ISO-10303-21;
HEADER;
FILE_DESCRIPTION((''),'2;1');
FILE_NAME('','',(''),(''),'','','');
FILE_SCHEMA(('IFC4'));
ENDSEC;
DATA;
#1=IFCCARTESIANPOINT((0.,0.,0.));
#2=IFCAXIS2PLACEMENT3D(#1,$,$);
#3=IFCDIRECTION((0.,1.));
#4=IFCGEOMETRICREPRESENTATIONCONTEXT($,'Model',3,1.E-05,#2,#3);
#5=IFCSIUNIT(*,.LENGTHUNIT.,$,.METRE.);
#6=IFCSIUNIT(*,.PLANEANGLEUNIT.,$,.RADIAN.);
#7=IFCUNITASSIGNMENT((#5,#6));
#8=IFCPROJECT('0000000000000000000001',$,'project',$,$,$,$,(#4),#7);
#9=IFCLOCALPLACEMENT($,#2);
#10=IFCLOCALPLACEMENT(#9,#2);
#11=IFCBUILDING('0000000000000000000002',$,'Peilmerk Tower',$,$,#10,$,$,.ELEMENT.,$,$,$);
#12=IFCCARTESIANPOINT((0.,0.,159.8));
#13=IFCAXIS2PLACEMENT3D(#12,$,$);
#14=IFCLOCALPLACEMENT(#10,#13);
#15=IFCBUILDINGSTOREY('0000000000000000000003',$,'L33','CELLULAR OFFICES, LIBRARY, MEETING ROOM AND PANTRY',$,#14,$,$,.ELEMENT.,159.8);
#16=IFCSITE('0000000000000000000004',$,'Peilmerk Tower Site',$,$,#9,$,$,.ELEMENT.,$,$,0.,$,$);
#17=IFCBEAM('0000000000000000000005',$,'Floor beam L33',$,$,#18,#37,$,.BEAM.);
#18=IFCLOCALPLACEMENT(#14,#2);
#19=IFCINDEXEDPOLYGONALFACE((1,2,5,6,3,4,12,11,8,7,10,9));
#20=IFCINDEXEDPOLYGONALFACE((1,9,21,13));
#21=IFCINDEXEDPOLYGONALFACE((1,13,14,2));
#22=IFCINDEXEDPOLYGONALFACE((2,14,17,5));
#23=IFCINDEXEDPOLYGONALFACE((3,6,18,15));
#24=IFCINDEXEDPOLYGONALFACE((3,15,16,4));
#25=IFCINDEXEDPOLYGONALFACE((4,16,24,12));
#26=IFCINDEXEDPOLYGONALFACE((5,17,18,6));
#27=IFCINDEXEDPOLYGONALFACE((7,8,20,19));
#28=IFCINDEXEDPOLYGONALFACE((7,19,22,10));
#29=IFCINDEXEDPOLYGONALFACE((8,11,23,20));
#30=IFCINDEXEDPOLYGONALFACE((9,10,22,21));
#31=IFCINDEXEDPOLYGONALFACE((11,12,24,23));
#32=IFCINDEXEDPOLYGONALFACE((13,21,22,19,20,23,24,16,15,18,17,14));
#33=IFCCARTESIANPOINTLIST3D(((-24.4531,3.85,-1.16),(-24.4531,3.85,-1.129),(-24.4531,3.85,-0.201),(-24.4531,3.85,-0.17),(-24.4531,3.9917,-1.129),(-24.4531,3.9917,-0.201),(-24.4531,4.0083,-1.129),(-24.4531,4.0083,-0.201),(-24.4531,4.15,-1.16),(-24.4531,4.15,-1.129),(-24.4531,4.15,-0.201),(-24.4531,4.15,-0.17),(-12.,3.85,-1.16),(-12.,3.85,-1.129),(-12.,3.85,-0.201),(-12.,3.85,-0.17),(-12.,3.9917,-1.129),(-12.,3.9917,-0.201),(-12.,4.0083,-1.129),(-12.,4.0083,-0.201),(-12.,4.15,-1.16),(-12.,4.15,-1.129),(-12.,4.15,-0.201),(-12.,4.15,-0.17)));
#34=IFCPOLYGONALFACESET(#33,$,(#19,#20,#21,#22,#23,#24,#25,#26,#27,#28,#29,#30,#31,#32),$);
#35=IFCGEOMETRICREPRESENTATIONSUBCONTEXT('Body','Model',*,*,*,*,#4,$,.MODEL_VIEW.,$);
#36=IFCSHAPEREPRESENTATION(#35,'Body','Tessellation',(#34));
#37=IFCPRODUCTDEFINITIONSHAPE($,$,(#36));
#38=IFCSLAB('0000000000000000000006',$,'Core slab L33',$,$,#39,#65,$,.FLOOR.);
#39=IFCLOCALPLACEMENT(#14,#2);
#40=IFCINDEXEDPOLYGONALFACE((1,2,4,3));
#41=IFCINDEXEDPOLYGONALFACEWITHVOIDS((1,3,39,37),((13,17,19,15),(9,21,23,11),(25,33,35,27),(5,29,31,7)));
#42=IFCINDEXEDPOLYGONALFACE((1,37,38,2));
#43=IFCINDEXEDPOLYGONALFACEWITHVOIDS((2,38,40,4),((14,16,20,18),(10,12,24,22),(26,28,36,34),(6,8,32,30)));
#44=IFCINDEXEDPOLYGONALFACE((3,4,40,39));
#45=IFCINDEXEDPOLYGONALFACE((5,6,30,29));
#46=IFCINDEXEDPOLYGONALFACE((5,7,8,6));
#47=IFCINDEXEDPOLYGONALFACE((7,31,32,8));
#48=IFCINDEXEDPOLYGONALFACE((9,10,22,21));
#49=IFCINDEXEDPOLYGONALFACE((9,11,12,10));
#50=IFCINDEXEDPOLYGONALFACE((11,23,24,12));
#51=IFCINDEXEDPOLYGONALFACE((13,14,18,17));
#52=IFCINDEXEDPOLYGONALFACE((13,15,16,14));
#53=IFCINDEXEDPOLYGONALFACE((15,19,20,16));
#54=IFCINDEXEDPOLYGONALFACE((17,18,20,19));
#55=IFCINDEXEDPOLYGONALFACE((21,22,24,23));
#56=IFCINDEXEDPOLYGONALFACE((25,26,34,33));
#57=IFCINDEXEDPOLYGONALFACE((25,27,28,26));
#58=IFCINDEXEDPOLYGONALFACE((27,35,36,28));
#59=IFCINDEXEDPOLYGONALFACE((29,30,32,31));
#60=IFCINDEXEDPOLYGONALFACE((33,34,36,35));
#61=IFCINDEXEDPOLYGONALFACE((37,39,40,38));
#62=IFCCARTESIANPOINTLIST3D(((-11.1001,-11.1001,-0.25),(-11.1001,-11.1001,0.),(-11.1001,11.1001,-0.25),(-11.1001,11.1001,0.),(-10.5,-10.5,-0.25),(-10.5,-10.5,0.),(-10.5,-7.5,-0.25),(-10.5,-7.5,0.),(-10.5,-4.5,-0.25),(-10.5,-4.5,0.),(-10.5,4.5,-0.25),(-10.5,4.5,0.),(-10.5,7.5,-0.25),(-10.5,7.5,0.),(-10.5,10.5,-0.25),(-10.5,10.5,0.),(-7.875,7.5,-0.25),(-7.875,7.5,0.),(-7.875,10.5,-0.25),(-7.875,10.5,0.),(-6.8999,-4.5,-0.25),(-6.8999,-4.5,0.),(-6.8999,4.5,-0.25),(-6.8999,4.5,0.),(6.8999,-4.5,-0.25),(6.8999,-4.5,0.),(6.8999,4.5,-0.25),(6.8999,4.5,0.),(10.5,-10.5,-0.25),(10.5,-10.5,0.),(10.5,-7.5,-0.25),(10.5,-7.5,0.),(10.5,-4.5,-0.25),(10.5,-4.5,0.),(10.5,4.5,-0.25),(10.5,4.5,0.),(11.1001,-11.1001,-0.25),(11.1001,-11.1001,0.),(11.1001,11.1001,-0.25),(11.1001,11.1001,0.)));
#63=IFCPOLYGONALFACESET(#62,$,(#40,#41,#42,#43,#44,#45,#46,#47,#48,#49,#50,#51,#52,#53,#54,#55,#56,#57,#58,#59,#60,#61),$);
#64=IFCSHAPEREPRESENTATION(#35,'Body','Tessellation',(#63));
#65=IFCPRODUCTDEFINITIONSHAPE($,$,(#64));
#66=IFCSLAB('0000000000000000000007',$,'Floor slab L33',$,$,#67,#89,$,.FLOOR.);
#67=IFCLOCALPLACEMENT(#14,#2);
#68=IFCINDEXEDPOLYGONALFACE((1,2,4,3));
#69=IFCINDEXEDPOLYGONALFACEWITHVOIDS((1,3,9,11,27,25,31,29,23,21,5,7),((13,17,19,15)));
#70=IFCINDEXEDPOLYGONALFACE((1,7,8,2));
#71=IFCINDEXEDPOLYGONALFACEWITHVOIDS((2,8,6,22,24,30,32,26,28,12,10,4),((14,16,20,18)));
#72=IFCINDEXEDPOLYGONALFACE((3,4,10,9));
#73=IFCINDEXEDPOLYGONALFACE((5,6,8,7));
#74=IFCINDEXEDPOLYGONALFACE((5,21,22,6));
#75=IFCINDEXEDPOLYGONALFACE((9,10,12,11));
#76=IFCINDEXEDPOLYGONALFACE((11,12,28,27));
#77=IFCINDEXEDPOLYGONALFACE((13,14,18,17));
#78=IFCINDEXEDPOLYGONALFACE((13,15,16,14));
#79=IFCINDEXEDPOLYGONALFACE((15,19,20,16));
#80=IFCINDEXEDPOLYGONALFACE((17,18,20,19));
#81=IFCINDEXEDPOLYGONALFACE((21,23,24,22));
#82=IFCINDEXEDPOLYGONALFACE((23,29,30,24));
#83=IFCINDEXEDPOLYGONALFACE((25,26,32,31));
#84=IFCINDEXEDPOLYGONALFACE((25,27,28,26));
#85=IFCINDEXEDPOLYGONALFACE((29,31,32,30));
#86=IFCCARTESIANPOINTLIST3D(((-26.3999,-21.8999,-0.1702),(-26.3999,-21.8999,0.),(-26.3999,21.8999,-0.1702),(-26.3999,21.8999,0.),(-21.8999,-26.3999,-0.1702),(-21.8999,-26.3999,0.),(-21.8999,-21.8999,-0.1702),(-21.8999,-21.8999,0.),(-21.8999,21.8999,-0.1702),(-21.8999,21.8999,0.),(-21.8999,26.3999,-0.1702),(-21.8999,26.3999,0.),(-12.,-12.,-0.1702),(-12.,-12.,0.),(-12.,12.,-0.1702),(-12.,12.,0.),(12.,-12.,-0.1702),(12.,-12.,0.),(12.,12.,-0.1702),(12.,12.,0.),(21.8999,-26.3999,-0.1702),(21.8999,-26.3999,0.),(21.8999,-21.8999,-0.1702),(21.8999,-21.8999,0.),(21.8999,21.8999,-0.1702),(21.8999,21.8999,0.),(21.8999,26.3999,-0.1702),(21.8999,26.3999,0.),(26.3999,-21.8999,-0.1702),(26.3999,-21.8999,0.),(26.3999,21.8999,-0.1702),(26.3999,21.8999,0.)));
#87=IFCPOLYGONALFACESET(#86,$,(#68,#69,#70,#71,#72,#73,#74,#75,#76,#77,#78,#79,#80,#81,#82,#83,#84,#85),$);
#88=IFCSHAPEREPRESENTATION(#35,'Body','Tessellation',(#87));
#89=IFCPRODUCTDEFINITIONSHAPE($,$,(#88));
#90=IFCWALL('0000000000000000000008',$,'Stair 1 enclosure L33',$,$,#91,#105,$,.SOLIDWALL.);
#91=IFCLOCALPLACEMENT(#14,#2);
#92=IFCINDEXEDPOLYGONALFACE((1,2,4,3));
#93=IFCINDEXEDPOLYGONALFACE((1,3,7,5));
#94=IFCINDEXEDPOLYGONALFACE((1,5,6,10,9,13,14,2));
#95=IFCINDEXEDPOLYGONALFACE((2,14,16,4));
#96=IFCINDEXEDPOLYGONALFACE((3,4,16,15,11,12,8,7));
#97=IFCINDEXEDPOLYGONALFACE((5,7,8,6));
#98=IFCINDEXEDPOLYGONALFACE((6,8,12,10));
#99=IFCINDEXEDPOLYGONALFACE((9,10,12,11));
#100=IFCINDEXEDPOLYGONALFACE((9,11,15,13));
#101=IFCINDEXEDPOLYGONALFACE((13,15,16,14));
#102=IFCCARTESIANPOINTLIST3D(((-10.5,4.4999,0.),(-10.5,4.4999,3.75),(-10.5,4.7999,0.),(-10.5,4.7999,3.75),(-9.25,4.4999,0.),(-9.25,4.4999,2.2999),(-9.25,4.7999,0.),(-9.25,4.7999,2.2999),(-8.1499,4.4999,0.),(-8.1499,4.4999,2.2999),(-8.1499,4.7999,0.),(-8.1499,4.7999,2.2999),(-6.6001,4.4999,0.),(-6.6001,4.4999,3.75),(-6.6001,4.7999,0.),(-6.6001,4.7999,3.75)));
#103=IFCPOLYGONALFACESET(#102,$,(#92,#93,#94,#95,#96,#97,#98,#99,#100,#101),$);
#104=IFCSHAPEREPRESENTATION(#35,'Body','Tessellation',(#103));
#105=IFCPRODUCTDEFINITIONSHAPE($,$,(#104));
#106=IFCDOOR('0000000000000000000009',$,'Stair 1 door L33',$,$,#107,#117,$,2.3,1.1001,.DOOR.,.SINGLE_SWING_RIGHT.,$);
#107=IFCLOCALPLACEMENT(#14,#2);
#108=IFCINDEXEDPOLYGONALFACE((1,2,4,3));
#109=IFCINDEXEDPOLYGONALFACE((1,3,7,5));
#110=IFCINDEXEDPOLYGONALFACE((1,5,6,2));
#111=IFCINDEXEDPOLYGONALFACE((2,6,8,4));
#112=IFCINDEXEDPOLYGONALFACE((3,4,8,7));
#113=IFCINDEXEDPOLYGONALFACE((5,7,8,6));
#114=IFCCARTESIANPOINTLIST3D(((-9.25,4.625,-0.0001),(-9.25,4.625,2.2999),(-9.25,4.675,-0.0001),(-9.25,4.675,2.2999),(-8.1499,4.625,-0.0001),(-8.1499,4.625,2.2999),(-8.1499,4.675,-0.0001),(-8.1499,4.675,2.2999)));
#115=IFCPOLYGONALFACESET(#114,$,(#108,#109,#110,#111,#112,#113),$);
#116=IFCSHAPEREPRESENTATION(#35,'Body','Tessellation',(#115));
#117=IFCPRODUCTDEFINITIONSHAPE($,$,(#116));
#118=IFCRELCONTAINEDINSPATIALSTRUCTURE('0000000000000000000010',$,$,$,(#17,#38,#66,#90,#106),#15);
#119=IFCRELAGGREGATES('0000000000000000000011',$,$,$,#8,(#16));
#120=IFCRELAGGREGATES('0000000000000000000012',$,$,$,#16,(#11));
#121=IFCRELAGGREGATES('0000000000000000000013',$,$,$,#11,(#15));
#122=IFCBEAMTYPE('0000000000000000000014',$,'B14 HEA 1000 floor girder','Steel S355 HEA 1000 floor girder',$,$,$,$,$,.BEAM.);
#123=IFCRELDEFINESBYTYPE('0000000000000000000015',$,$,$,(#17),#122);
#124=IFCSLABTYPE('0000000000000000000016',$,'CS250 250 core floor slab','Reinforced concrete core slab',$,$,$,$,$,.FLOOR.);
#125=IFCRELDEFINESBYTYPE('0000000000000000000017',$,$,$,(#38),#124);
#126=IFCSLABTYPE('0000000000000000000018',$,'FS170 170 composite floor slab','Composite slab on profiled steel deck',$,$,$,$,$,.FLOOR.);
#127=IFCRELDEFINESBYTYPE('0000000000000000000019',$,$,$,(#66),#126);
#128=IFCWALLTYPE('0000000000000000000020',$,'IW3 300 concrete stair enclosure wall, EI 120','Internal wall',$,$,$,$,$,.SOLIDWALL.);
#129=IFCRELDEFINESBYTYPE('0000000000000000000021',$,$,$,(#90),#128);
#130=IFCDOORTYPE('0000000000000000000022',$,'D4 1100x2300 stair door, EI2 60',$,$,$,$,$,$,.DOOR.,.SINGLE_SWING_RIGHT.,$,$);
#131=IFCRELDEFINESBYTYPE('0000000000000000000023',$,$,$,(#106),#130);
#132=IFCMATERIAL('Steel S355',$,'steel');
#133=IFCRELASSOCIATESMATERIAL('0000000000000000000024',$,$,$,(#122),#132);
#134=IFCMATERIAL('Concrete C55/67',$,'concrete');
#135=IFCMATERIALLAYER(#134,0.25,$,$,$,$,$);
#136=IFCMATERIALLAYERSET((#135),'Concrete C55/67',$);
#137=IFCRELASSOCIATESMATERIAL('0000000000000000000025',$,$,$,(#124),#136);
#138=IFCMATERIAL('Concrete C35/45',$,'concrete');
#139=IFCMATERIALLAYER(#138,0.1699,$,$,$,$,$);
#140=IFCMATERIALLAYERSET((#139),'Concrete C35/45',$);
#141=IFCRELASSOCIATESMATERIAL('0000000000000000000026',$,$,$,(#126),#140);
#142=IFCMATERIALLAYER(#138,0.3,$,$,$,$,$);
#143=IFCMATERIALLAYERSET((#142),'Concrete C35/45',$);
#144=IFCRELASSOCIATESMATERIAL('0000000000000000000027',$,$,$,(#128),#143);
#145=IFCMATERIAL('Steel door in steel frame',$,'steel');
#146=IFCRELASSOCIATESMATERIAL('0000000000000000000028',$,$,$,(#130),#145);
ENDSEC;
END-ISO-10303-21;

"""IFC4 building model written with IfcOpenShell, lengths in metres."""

from ifc_helpers import new_model, si_unit, direction, frame, frame_2d, origin, origin_2d, place, context, subcontext, project, spatial, polyline, rectangle, i_section, outline, extrude, material, layer, layer_set, material_profile, profile_set, type_object, element, fill, save


model = new_model("IFC4")

# Units and contexts
model_context = context("Model", 3, precision=1e-05, world=origin(), true_north=direction((0.0, 1.0)))
body_context = subcontext(model_context, "Body", "Model", "MODEL_VIEW")
ifc_project = project(units=[si_unit("LENGTHUNIT", "METRE"), si_unit("PLANEANGLEUNIT", "RADIAN")], contexts=[model_context])

# Site, building, storey
site_placement = place(None, origin())
site = spatial("IfcSite", under=ifc_project, at=site_placement, Name="Peilmerk Tower Site", CompositionType="ELEMENT", RefElevation=0.0)
building_placement = place(site_placement, origin())
building = spatial("IfcBuilding", under=site, at=building_placement, Name="Peilmerk Tower", CompositionType="ELEMENT")
storey_placement = place(building_placement, frame((0.0, 0.0, 159.8)))
storey = spatial("IfcBuildingStorey", under=building, at=storey_placement, Name="L33", Description="CELLULAR OFFICES, LIBRARY, MEETING ROOM AND PANTRY", CompositionType="ELEMENT", Elevation=159.8)

# Beam
ifc_material_1 = material(Name="Steel S355", Category="steel")
ifc_material_profile = material_profile(ifc_material_1, i_section(OverallWidth=0.3, OverallDepth=0.99, WebThickness=0.0166, FlangeThickness=0.031, at=origin_2d()), Name="HEA 1000")
ifc_profile_set = profile_set([ifc_material_profile], Name="Steel S355")
beam_type = type_object("IfcBeamType", Name="B14 HEA 1000 floor girder", Description="Steel S355 HEA 1000 floor girder", PredefinedType="BEAM", material=ifc_profile_set)
beam_placement = place(storey_placement, frame((-12.0, 4.0, -0.665), z_axis=(-1.0, 0.0, 0.0), x_axis=(0.0, -1.0, 0.0)))
element("IfcBeam", 1, at=beam_placement, inside=storey, type_object=beam_type, Name="Floor beam L33", PredefinedType="BEAM", context=body_context, shape_type="SweptSolid", body=[
    extrude(i_section(OverallWidth=0.3, OverallDepth=0.99, WebThickness=0.0166, FlangeThickness=0.031, at=origin_2d()), origin(), (0.0, 0.0, 1.0), 12.4531),
])

# Slabs
ifc_material_2 = material(Name="Concrete C55/67", Category="concrete")
ifc_layer_1 = layer(ifc_material_2, 0.25)
ifc_layer_set_1 = layer_set([ifc_layer_1], Name="Concrete C55/67")
slab_type_1 = type_object("IfcSlabType", Name="CS250 250 core floor slab", Description="Reinforced concrete core slab", PredefinedType="FLOOR", material=ifc_layer_set_1)
slab_1_placement = place(storey_placement, frame((0.0, 0.0, -0.25)))
element("IfcSlab", 2, at=slab_1_placement, inside=storey, type_object=slab_type_1, Name="Core slab L33", PredefinedType="FLOOR", context=body_context, shape_type="SweptSolid", body=[
    extrude(outline(polyline([(11.1001, 11.1001), (-11.1001, 11.1001), (-11.1001, -11.1001), (11.1001, -11.1001), (11.1001, 11.1001)]), holes=[polyline([(-10.5, 7.5), (-10.5, 10.5), (-7.875, 10.5), (-7.875, 7.5), (-10.5, 7.5)]), polyline([(-10.5, -10.5), (-10.5, -7.5), (10.5, -7.5), (10.5, -10.5), (-10.5, -10.5)]), polyline([(-10.5, 4.5), (-6.8999, 4.5), (-6.8999, -4.5), (-10.5, -4.5), (-10.5, 4.5)]), polyline([(10.5, 4.5), (10.5, -4.5), (6.8999, -4.5), (6.8999, 4.5), (10.5, 4.5)])]), origin(), (0.0, 0.0, 1.0), 0.25),
])
ifc_material_3 = material(Name="Concrete C35/45", Category="concrete")
ifc_layer_2 = layer(ifc_material_3, 0.1699)
ifc_layer_set_2 = layer_set([ifc_layer_2], Name="Concrete C35/45")
slab_type_2 = type_object("IfcSlabType", Name="FS170 170 composite floor slab", Description="Composite slab on profiled steel deck", PredefinedType="FLOOR", material=ifc_layer_set_2)
slab_2_placement = place(storey_placement, frame((0.0, 0.0, -0.1702)))
element("IfcSlab", 3, at=slab_2_placement, inside=storey, type_object=slab_type_2, Name="Floor slab L33", PredefinedType="FLOOR", context=body_context, shape_type="SweptSolid", body=[
    extrude(outline(polyline([(-21.8999, -26.3999), (21.8999, -26.3999), (21.8999, -21.8999), (26.3999, -21.8999), (26.3999, 21.8999), (21.8999, 21.8999), (21.8999, 26.3999), (-21.8999, 26.3999), (-21.8999, 21.8999), (-26.3999, 21.8999), (-26.3999, -21.8999), (-21.8999, -21.8999), (-21.8999, -26.3999)]), holes=[polyline([(12.0, 12.0), (12.0, -12.0), (-12.0, -12.0), (-12.0, 12.0), (12.0, 12.0)])]), origin(), (0.0, 0.0, 1.0), 0.1702),
])

# Wall, opening, door
ifc_layer_3 = layer(ifc_material_3, 0.3)
ifc_layer_set_3 = layer_set([ifc_layer_3], Name="Concrete C35/45")
wall_type_1 = type_object("IfcWallType", Name="IW3 300 concrete stair enclosure wall, EI 120", Description="Internal wall", PredefinedType="SOLIDWALL", material=ifc_layer_set_3)
wall_1_placement = place(storey_placement, frame((-10.5, 4.6499, 0.0), z_axis=(0.0, 0.0, 1.0), x_axis=(1.0, 0.0, 0.0)))
wall_1 = element("IfcWall", 4, at=wall_1_placement, inside=storey, type_object=wall_type_1, Name="Stair 1 enclosure L33", PredefinedType="SOLIDWALL", context=body_context, shape_type="SweptSolid", body=[
    extrude(rectangle(XDim=3.8999, YDim=0.3, at=frame_2d((1.95, 0.0))), origin(), (0.0, 0.0, 1.0), 3.75),
])
opening_1_placement = place(wall_1_placement, frame((1.25, 0.0, 0.0)))
opening_1 = element("IfcOpeningElement", 5, at=opening_1_placement, cuts=wall_1, PredefinedType="OPENING", context=body_context, shape_type="SweptSolid", body=[
    extrude(rectangle(XDim=1.1001, YDim=2.3, at=frame_2d((0.55, 1.1499))), frame((0.0, 0.1599, 0.0), z_axis=(0.0, -1.0, 0.0), x_axis=(1.0, 0.0, 0.0)), (0.0, 0.0, 1.0), 0.3201),
])
ifc_material_4 = material(Name="Steel door in steel frame", Category="steel")
door_type_1 = type_object("IfcDoorType", Name="D4 1100x2300 stair door, EI2 60", OperationType="SINGLE_SWING_RIGHT", PredefinedType="DOOR", material=ifc_material_4)
door_1_placement = place(opening_1_placement, frame((1.1001, 0.0, 0.0), z_axis=(0.0, 0.0, 1.0), x_axis=(-1.0, 0.0, 0.0)))
door_1 = element("IfcDoor", 6, at=door_1_placement, inside=storey, type_object=door_type_1, Name="Stair 1 door L33", OperationType="SINGLE_SWING_RIGHT", OverallHeight=2.3, OverallWidth=1.1001, PredefinedType="DOOR", context=body_context, shape_type="SweptSolid", body=[
    extrude(rectangle(XDim=1.1001, YDim=2.3, at=frame_2d((0.55, 1.1499))), frame((0.0, 0.0249, 0.0), z_axis=(0.0, -1.0, 0.0), x_axis=(1.0, 0.0, 0.0)), (0.0, 0.0, 1.0), 0.05),
])
fill(opening_1, door_1)

save(model, "model.ifc")
